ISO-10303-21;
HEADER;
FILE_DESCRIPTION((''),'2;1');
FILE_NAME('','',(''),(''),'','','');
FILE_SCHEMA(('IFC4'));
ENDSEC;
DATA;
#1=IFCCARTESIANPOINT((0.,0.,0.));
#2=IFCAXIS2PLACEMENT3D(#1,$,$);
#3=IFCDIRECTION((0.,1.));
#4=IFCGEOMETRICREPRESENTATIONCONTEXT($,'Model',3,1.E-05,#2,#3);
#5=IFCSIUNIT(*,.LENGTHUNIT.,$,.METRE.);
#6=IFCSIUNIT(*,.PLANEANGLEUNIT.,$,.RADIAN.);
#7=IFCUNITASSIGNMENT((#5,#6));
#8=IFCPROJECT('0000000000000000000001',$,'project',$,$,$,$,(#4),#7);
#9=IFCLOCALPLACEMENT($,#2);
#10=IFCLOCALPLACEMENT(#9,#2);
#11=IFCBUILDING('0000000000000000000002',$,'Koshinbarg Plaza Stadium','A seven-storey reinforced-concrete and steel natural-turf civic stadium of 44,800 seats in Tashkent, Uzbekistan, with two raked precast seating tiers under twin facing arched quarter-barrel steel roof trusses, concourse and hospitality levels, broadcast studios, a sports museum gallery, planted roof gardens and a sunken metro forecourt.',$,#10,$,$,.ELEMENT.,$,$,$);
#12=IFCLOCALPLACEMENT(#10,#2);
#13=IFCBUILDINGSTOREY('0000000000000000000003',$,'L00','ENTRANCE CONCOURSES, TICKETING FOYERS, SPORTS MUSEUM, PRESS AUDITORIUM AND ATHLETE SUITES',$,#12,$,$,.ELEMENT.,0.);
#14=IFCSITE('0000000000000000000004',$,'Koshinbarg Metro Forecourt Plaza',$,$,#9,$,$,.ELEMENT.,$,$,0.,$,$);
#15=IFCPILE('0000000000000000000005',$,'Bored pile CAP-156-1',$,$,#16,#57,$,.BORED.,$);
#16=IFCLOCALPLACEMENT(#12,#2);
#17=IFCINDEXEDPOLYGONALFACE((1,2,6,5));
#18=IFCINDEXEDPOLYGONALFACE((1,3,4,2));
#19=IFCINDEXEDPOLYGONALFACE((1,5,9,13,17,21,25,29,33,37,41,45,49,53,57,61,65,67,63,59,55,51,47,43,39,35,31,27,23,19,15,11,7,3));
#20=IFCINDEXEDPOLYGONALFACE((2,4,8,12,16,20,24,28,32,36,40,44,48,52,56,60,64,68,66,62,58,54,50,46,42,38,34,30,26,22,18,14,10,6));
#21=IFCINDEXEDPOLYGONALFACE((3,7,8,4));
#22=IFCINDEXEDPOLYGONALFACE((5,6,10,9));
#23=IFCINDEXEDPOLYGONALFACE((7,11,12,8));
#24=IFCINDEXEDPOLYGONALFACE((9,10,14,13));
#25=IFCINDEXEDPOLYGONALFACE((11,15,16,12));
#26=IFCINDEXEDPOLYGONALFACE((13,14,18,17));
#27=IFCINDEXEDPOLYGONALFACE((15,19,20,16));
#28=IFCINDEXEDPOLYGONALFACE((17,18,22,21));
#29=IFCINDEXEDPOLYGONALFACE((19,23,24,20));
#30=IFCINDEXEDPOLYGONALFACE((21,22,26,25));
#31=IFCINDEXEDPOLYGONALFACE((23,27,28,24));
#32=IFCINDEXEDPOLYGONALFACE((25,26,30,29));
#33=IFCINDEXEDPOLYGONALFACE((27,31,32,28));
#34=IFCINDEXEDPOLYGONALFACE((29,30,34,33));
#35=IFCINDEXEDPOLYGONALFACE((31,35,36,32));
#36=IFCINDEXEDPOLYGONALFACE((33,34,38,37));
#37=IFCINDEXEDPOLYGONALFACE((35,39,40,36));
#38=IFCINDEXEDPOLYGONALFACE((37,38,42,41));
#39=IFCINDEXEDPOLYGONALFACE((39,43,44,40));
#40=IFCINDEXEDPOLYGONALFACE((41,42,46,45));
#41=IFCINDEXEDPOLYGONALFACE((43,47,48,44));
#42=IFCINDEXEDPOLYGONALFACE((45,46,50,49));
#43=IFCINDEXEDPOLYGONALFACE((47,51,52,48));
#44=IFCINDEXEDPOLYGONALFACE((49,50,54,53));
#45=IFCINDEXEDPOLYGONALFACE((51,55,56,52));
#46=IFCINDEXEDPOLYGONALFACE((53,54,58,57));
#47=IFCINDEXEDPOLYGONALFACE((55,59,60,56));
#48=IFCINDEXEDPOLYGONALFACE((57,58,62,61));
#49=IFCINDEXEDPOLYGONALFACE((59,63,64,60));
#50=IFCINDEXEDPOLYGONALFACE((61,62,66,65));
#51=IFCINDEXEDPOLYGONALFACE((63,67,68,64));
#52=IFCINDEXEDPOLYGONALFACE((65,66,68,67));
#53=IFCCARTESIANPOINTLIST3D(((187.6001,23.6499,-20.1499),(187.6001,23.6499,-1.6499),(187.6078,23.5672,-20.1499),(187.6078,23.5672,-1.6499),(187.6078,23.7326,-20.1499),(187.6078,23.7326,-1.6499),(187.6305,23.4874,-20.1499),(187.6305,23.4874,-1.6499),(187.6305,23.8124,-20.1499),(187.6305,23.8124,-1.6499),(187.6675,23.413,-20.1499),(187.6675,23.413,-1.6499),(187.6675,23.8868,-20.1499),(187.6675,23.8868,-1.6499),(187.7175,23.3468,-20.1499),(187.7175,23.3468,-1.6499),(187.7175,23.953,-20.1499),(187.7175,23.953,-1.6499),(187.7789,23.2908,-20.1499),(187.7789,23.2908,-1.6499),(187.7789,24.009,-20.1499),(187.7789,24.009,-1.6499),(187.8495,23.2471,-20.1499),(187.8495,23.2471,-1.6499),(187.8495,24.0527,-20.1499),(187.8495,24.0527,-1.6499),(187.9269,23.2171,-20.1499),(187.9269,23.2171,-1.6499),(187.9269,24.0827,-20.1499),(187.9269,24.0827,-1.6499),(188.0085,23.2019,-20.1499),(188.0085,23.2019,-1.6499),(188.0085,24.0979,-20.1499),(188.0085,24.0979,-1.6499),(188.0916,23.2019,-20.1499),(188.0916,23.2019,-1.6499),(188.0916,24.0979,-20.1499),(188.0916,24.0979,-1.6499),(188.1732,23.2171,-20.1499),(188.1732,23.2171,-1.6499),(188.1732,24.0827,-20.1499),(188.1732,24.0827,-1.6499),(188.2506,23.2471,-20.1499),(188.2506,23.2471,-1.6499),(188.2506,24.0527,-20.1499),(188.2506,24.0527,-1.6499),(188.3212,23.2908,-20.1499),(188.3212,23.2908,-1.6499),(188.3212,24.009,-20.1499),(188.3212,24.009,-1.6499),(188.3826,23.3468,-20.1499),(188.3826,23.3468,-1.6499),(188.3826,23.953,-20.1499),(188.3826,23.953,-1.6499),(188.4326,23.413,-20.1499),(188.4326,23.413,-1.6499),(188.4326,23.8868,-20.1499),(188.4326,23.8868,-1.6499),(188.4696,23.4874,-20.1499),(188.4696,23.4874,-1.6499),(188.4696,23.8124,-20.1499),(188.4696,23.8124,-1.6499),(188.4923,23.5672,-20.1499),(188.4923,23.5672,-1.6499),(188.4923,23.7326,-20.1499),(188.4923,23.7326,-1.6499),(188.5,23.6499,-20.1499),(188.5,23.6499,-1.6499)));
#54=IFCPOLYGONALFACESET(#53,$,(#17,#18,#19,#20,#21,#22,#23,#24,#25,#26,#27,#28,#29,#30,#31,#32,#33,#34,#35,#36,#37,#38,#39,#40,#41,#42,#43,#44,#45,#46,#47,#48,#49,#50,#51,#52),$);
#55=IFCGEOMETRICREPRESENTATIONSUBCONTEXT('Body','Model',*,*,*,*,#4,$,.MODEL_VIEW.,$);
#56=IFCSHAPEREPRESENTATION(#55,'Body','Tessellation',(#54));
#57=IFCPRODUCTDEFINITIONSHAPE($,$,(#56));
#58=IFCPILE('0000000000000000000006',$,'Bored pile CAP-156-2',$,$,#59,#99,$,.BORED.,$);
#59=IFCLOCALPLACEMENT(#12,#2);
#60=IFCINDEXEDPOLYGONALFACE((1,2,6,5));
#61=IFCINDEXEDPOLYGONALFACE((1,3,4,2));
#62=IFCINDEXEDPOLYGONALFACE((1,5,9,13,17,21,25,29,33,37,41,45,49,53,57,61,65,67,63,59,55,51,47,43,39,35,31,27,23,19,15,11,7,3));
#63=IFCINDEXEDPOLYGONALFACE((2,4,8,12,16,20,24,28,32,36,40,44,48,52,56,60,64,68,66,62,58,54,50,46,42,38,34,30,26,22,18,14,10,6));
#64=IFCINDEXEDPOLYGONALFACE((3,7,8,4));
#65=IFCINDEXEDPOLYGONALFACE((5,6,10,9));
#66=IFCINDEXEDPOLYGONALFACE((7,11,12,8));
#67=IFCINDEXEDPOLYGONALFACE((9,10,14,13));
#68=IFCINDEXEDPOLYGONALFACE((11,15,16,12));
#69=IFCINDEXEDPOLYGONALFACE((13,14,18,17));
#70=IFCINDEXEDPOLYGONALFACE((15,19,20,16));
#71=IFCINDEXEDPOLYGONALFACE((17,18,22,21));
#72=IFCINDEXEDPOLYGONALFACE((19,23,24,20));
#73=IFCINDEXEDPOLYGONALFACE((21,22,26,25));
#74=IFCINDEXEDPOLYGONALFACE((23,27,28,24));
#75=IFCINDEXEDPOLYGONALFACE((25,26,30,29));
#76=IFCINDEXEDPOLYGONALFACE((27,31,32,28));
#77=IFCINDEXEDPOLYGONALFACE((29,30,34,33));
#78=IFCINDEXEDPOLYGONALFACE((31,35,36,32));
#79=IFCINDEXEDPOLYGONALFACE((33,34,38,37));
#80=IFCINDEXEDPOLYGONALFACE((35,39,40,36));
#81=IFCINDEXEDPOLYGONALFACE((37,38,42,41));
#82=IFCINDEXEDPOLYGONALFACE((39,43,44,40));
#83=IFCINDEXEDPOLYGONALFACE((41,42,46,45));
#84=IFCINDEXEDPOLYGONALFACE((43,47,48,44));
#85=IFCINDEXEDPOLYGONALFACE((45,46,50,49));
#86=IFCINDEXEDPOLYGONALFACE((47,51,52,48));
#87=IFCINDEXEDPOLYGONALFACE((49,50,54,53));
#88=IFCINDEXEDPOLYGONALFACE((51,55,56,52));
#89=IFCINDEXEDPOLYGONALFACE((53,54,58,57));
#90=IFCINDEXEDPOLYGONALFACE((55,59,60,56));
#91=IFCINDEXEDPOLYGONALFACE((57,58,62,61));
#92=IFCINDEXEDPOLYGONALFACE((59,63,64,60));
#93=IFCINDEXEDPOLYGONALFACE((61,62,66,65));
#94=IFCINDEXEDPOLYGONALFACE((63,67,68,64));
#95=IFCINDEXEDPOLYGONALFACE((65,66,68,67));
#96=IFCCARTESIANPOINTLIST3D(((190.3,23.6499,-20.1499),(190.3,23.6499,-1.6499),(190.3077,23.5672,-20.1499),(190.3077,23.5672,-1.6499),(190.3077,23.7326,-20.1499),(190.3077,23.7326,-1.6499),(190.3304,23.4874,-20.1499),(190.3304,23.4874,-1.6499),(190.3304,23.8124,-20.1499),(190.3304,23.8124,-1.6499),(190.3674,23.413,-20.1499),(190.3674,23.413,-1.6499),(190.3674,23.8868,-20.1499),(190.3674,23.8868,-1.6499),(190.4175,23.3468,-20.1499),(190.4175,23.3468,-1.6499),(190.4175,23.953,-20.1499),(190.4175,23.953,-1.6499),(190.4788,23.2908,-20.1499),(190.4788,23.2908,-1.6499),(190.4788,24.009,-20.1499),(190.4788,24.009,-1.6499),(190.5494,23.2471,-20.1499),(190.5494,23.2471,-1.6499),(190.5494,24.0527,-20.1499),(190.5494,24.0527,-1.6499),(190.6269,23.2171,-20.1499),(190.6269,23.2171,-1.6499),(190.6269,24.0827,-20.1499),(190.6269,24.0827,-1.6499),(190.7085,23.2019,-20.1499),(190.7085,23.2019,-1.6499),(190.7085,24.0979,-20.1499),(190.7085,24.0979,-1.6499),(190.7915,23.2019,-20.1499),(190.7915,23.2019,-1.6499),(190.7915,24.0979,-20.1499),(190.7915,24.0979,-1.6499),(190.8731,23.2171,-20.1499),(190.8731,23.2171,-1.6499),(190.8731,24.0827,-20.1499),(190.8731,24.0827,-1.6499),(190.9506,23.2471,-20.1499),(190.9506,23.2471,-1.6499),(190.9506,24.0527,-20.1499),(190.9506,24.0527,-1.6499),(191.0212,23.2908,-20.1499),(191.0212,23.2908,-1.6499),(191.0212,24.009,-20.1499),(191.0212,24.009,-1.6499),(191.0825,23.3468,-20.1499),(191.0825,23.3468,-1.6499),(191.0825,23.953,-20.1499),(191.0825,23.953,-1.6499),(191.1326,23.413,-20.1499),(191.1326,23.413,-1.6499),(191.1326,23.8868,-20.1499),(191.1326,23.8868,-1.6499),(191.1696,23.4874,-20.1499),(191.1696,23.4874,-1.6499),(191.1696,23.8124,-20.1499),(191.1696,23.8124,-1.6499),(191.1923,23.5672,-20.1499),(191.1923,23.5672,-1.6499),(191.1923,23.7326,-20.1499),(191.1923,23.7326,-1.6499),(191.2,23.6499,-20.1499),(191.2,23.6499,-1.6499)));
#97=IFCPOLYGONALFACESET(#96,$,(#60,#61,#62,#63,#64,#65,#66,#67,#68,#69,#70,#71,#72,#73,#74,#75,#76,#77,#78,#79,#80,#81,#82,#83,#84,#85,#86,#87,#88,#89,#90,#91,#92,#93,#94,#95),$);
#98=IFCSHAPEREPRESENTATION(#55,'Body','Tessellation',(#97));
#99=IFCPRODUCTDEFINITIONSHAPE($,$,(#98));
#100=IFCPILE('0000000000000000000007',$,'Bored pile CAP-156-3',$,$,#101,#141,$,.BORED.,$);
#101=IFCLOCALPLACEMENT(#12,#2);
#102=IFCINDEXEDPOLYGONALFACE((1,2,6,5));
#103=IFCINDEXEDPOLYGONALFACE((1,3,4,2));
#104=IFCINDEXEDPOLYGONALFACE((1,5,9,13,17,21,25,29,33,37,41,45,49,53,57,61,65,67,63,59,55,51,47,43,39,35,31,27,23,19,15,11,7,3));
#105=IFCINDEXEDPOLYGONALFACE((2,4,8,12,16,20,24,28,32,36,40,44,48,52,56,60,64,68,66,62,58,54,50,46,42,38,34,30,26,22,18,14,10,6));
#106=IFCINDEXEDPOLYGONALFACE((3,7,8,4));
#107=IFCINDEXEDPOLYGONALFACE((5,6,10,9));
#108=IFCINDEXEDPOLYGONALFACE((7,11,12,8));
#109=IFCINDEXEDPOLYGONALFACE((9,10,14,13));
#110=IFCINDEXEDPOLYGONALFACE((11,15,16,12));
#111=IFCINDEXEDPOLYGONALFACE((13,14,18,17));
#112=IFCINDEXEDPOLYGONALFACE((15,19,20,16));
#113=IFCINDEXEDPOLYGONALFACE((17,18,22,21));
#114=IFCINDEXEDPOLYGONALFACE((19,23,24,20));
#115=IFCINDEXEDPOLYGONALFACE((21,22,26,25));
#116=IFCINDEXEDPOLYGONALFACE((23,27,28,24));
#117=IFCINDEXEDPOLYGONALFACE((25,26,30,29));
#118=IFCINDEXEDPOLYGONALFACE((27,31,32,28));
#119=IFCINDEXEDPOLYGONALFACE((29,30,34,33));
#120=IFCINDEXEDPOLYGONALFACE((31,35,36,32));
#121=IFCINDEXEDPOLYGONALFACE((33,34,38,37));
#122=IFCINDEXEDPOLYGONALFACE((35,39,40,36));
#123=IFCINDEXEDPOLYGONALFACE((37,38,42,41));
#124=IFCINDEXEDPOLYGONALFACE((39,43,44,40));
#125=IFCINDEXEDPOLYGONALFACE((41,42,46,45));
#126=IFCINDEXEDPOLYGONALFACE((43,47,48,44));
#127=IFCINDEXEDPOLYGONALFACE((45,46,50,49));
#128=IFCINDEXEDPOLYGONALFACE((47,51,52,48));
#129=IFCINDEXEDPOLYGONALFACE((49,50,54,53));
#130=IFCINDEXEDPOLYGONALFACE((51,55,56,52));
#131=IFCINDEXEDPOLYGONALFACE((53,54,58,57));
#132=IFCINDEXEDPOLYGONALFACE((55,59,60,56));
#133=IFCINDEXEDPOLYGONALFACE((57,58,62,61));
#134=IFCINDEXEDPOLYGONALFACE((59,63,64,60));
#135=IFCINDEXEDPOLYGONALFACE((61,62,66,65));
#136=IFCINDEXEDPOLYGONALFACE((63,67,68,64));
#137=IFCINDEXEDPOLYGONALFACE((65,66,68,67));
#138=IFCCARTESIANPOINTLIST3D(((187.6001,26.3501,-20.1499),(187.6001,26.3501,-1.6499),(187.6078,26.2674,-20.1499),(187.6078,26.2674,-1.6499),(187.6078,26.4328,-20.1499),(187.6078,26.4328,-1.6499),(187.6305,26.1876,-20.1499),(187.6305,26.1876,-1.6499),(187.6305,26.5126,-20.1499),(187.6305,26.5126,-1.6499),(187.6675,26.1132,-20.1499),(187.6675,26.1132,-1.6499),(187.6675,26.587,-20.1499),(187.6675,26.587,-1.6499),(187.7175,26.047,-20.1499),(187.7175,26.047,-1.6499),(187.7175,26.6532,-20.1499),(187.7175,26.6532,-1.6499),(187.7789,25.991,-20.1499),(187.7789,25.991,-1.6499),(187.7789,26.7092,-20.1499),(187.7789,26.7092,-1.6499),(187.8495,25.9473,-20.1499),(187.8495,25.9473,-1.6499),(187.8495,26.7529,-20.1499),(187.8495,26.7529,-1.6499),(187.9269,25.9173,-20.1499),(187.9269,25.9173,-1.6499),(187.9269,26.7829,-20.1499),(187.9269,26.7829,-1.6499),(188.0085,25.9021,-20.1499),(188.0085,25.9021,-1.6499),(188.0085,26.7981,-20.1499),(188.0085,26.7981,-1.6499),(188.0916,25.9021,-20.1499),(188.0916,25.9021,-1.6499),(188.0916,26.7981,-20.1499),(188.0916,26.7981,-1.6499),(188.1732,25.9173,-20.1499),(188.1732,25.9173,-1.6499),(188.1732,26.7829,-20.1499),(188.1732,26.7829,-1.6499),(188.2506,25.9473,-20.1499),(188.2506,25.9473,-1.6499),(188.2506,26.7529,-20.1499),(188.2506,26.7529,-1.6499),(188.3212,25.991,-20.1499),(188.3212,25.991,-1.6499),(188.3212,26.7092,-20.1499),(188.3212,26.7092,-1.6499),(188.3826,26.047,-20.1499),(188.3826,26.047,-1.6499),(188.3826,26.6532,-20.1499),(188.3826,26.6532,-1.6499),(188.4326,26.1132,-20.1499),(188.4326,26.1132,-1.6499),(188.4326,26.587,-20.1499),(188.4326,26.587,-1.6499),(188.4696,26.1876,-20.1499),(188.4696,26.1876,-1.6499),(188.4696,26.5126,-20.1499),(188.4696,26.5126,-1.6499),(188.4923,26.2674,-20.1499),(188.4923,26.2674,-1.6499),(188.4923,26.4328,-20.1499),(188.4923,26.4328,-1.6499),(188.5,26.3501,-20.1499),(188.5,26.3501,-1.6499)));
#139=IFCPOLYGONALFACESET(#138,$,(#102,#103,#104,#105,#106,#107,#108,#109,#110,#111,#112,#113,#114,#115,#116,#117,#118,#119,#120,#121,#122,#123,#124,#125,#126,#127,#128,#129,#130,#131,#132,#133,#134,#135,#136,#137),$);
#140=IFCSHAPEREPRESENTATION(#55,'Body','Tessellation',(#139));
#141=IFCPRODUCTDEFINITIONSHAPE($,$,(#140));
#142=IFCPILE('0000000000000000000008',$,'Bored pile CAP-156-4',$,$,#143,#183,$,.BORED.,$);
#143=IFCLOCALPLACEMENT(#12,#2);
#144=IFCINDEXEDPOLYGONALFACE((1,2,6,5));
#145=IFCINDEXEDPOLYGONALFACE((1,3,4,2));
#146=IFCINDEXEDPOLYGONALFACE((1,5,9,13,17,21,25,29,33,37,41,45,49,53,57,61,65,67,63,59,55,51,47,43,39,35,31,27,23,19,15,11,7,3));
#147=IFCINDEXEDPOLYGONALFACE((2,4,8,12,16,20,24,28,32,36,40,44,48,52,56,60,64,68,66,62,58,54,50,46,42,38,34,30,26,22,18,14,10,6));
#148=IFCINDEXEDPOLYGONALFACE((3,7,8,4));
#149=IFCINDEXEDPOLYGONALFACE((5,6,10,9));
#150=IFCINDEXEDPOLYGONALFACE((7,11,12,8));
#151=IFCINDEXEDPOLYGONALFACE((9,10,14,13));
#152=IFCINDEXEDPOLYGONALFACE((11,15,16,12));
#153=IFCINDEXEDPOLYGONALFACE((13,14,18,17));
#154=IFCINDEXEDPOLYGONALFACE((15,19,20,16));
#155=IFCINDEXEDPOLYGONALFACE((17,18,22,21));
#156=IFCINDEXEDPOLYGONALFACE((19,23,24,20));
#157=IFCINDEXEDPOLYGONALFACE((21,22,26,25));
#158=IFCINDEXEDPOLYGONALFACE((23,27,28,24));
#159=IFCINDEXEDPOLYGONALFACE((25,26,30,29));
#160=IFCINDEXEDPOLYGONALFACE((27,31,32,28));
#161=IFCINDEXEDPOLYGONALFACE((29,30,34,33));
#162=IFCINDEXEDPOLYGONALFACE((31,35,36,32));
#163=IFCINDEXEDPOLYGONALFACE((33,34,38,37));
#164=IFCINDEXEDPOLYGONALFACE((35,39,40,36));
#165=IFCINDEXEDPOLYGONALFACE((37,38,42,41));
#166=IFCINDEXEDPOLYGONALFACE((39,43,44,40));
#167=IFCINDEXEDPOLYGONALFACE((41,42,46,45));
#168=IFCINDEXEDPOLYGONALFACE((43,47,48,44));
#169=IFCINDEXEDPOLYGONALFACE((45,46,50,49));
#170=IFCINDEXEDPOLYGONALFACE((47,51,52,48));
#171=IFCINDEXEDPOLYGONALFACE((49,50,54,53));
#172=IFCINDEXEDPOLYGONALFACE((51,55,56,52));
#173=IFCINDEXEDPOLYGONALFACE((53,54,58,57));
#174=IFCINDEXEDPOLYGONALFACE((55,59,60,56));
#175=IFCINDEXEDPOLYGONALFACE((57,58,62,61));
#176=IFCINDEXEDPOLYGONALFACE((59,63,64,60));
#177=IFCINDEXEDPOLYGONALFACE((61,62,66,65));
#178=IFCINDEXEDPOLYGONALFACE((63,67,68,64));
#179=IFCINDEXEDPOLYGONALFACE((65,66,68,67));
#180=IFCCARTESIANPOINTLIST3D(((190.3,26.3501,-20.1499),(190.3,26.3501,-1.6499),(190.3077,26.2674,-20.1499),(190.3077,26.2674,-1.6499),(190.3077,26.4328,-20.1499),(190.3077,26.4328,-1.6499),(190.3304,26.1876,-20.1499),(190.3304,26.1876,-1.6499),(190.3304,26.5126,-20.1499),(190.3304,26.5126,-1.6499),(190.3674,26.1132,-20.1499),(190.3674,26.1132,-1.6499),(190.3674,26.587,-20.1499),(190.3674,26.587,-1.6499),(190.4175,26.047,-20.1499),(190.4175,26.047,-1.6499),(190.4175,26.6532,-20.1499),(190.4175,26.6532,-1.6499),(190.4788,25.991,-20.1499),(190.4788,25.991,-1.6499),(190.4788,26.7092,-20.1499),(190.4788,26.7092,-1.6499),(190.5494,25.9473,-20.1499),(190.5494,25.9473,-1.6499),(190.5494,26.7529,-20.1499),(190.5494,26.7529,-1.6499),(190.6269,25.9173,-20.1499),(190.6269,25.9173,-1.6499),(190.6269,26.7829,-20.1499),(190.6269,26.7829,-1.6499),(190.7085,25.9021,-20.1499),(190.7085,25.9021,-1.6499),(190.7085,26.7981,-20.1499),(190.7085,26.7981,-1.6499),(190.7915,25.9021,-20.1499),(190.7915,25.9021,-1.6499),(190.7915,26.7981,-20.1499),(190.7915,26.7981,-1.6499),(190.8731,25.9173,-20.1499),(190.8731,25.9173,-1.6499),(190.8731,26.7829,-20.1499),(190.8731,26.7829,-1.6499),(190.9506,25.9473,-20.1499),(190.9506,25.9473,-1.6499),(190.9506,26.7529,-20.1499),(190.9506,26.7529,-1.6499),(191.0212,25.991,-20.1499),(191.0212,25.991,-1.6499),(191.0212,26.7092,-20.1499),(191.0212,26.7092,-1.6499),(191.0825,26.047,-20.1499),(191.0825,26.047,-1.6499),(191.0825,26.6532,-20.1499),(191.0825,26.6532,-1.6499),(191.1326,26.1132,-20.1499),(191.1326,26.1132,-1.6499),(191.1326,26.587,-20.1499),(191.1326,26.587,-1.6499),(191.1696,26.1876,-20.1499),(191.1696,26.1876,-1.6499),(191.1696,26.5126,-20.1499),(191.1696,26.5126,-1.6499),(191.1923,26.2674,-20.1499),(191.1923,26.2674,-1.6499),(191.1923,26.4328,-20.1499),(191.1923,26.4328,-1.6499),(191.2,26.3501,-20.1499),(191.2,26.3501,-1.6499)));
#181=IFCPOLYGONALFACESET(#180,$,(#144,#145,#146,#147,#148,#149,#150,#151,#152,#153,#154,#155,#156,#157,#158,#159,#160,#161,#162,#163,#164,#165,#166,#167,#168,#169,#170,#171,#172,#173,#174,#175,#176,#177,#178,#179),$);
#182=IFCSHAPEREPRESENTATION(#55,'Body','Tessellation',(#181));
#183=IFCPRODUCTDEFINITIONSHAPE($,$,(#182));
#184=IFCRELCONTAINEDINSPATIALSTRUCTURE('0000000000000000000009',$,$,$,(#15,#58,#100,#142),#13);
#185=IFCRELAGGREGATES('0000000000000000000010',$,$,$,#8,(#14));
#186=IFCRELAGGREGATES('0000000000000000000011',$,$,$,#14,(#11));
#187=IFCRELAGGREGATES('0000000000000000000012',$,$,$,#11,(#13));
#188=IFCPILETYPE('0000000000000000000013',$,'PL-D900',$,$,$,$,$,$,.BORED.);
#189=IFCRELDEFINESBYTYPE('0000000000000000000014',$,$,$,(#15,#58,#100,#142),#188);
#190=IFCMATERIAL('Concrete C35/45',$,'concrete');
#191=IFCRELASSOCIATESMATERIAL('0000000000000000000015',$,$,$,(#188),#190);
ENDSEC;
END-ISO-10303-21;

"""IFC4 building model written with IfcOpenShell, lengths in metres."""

from ifc_helpers import new_model, si_unit, direction, frame, origin, origin_2d, place, context, subcontext, project, spatial, circle, extrude, material, material_profile, profile_set, type_object, element, save


model = new_model("IFC4")

# Units and contexts
model_context = context("Model", 3, precision=1e-05, world=origin(), true_north=direction((0.0, 1.0)))
body_context = subcontext(model_context, "Body", "Model", "MODEL_VIEW")
ifc_project = project(units=[si_unit("LENGTHUNIT", "METRE"), si_unit("PLANEANGLEUNIT", "RADIAN")], contexts=[model_context])

# Site, building, storey
site_placement = place(None, origin())
site = spatial("IfcSite", under=ifc_project, at=site_placement, Name="Koshinbarg Metro Forecourt Plaza", CompositionType="ELEMENT", RefElevation=0.0)
building_placement = place(site_placement, origin())
building = spatial("IfcBuilding", under=site, at=building_placement, Name="Koshinbarg Plaza Stadium", Description="A seven-storey reinforced-concrete and steel natural-turf civic stadium of 44,800 seats in Tashkent, Uzbekistan, with two raked precast seating tiers under twin facing arched quarter-barrel steel roof trusses, concourse and hospitality levels, broadcast studios, a sports museum gallery, planted roof gardens and a sunken metro forecourt.", CompositionType="ELEMENT")
storey_placement = place(building_placement, origin())
storey = spatial("IfcBuildingStorey", under=building, at=storey_placement, Name="L00", Description="ENTRANCE CONCOURSES, TICKETING FOYERS, SPORTS MUSEUM, PRESS AUDITORIUM AND ATHLETE SUITES", CompositionType="ELEMENT", Elevation=0.0)

# Shared definitions
ifc_material_1 = material(Name="Concrete C35/45", Category="concrete")

# Piles
ifc_material_profile_1 = material_profile(ifc_material_1, circle(Radius=0.45, at=origin_2d()), Name="PILE D900")
ifc_profile_set_1 = profile_set([ifc_material_profile_1], Name="Concrete C35/45")
pile_type_1 = type_object("IfcPileType", Name="PL-D900", PredefinedType="BORED", material=ifc_profile_set_1)
for number, where, z_axis, x_axis, name in (
    (1, (188.05, 23.6499, -1.6499), (0.0, 0.0, -1.0), (1.0, 0.0, 0.0), "Bored pile CAP-156-1"),
    (2, (190.75, 23.6499, -1.6499), (0.0, 0.0, -1.0), (1.0, 0.0, 0.0), "Bored pile CAP-156-2"),
    (3, (188.05, 26.3501, -1.6499), (0.0, 0.0, -1.0), (1.0, 0.0, 0.0), "Bored pile CAP-156-3"),
    (4, (190.75, 26.3501, -1.6499), (0.0, 0.0, -1.0), (1.0, 0.0, 0.0), "Bored pile CAP-156-4"),
):
    element("IfcPile", number, at=place(storey_placement, frame(where, z_axis=z_axis, x_axis=x_axis)), inside=storey, type_object=pile_type_1, Name=name, PredefinedType="BORED", context=body_context, shape_type="SweptSolid", body=[
        extrude(circle(Radius=0.45, at=origin_2d()), origin(), (0.0, 0.0, 1.0), 18.5),
    ])

save(model, "model.ifc")
